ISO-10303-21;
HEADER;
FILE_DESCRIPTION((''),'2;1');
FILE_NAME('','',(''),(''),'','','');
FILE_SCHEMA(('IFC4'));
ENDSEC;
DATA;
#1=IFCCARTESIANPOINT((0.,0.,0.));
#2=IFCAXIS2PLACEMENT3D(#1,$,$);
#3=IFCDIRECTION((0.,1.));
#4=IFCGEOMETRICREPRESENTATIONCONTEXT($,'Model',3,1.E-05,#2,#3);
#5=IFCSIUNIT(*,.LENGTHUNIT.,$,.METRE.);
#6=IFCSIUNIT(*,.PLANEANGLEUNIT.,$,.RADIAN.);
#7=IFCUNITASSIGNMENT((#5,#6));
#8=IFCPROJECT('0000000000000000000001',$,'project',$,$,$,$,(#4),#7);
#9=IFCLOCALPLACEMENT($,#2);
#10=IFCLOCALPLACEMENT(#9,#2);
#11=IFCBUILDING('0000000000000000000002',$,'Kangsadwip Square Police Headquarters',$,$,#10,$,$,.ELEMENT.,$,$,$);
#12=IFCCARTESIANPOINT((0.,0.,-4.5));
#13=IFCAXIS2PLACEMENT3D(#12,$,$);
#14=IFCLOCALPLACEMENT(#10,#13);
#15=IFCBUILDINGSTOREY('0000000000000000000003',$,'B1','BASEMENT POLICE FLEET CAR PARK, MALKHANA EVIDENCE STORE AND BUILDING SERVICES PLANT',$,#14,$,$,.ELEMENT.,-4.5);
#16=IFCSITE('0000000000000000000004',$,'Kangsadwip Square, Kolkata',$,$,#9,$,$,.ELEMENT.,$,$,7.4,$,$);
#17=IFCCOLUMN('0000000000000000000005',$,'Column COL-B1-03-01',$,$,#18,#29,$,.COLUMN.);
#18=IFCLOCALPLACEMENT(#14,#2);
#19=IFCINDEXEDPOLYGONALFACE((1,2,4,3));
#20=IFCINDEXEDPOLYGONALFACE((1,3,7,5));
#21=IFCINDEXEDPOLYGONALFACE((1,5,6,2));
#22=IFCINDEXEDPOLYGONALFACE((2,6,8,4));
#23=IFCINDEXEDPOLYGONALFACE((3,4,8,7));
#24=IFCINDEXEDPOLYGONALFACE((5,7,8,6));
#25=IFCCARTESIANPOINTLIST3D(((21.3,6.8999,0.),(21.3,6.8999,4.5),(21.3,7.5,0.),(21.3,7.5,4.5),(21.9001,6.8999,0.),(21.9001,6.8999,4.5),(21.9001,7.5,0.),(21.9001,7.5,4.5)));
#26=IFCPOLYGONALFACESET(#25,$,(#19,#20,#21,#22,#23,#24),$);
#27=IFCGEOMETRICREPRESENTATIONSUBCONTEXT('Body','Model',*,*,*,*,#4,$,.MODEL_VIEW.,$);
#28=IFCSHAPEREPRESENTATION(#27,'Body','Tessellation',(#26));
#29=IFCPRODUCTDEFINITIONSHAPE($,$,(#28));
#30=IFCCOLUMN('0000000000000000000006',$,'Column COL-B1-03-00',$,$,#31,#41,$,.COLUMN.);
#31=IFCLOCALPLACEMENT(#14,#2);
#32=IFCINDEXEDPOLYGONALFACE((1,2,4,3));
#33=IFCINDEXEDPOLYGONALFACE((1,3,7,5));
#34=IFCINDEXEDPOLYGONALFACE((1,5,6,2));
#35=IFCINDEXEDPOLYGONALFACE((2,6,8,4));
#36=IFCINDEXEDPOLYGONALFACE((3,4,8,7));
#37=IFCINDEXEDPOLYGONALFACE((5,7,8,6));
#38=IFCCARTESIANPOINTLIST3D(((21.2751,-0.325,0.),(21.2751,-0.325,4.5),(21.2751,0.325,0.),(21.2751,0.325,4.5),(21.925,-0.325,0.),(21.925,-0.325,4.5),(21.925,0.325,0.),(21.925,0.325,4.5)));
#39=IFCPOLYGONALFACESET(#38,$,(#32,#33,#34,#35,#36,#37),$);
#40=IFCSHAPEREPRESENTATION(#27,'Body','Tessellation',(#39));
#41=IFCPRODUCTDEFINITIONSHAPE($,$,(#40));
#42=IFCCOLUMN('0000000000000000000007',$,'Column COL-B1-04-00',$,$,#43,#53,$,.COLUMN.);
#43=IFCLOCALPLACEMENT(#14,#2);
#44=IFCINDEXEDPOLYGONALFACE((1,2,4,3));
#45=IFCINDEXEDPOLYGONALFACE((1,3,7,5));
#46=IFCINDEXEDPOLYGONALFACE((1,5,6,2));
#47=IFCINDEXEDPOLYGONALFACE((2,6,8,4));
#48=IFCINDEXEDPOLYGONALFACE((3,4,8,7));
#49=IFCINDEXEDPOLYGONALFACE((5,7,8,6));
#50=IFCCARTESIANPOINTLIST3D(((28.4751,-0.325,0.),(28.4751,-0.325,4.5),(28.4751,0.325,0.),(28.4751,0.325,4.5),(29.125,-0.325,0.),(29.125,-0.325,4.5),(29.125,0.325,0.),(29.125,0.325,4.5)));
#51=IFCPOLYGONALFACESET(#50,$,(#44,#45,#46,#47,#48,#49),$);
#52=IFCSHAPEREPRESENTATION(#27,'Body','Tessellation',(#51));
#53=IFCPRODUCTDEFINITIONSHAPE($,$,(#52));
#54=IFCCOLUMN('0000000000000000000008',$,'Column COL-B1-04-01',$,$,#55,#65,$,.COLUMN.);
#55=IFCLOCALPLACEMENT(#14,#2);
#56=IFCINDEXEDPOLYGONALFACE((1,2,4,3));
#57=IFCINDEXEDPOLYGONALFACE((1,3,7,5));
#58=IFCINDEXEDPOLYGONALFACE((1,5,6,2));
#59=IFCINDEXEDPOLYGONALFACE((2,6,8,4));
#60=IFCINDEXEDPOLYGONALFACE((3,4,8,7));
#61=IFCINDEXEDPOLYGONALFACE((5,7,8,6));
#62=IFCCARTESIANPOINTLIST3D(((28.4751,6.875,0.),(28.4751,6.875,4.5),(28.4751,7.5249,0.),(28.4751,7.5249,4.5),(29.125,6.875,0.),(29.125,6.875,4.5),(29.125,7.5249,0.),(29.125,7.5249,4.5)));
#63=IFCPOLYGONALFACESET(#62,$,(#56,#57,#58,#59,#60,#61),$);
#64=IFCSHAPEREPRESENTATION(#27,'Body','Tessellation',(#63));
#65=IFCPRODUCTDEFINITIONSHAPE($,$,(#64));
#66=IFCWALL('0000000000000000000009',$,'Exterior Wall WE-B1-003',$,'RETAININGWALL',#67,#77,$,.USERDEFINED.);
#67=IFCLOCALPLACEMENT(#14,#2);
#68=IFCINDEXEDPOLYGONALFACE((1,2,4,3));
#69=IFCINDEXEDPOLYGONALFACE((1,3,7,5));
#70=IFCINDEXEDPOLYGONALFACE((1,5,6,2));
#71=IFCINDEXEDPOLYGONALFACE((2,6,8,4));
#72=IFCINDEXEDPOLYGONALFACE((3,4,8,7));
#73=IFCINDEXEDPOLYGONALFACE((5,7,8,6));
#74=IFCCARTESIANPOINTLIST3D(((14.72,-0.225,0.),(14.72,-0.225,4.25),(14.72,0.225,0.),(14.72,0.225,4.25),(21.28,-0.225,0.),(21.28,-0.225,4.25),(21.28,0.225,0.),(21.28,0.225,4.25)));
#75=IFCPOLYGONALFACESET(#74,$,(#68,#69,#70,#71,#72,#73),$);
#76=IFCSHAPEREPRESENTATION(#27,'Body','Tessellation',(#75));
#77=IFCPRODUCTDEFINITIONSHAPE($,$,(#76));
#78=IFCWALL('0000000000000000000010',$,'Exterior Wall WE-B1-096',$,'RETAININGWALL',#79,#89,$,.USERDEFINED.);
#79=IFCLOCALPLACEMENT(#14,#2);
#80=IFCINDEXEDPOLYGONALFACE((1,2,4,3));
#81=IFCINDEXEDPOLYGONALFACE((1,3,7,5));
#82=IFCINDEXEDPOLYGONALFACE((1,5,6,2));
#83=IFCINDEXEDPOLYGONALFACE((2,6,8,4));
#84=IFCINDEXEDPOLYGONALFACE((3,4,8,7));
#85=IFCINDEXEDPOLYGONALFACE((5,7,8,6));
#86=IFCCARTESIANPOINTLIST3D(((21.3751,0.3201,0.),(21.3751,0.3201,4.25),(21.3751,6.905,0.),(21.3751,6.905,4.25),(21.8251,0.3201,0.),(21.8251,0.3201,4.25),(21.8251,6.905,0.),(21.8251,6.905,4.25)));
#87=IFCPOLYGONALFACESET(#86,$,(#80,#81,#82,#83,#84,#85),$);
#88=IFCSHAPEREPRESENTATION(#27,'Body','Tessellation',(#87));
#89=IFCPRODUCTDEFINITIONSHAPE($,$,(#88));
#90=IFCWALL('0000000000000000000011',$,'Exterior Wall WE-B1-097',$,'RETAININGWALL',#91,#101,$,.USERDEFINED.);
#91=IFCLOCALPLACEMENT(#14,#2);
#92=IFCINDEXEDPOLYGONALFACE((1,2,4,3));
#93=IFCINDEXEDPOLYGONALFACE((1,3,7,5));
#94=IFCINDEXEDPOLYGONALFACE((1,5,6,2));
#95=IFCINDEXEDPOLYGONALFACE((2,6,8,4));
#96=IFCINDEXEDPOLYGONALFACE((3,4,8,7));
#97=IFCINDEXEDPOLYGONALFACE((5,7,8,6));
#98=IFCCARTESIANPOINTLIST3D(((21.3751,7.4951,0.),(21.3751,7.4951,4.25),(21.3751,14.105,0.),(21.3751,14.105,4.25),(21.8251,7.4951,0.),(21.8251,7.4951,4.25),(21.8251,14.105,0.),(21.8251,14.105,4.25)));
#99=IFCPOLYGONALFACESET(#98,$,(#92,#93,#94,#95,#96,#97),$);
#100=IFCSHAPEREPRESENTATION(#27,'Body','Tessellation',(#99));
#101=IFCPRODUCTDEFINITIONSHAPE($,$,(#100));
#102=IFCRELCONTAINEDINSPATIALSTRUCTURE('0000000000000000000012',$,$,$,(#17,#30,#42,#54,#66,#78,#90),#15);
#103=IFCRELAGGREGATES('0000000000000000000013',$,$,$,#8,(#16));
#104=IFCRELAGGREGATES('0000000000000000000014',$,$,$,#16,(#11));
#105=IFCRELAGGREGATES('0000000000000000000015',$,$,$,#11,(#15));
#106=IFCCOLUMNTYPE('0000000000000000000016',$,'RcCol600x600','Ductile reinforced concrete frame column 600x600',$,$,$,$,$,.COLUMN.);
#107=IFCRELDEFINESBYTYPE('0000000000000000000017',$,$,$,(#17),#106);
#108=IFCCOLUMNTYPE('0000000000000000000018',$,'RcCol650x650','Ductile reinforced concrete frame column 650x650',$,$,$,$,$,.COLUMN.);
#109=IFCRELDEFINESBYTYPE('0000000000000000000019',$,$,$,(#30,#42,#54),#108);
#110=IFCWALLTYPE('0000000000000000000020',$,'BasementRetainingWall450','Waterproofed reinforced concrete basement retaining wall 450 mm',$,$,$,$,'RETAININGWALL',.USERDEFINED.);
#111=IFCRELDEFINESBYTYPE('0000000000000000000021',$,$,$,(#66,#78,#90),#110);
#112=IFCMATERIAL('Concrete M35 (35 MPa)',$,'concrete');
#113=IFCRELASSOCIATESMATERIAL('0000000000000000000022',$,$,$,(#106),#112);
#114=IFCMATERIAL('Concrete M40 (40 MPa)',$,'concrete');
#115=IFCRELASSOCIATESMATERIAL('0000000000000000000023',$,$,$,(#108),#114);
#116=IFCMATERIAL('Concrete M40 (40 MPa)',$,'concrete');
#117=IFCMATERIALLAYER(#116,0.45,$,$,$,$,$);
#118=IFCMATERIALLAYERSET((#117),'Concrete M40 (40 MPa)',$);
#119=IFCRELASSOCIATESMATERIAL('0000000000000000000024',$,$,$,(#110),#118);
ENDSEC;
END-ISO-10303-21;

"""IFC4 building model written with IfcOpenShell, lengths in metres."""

from ifc_helpers import new_model, si_unit, direction, frame, frame_2d, origin, origin_2d, place, context, subcontext, project, spatial, rectangle, extrude, material, layer, layer_set, material_profile, profile_set, type_object, element, save


model = new_model("IFC4")

# Units and contexts
model_context = context("Model", 3, precision=1e-05, world=origin(), true_north=direction((0.0, 1.0)))
body_context = subcontext(model_context, "Body", "Model", "MODEL_VIEW")
ifc_project = project(units=[si_unit("LENGTHUNIT", "METRE"), si_unit("PLANEANGLEUNIT", "RADIAN")], contexts=[model_context])

# Site, building, storey
site_placement = place(None, origin())
site = spatial("IfcSite", under=ifc_project, at=site_placement, Name="Kangsadwip Square, Kolkata", CompositionType="ELEMENT", RefElevation=7.4)
building_placement = place(site_placement, origin())
building = spatial("IfcBuilding", under=site, at=building_placement, Name="Kangsadwip Square Police Headquarters", CompositionType="ELEMENT")
storey_placement = place(building_placement, frame((0.0, 0.0, -4.5)))
storey = spatial("IfcBuildingStorey", under=building, at=storey_placement, Name="B1", Description="BASEMENT POLICE FLEET CAR PARK, MALKHANA EVIDENCE STORE AND BUILDING SERVICES PLANT", CompositionType="ELEMENT", Elevation=-4.5)

# Columns
ifc_material_1 = material(Name="Concrete M35 (35 MPa)", Category="concrete")
ifc_material_profile_1 = material_profile(ifc_material_1, rectangle(XDim=0.6001, YDim=0.6001, at=origin_2d()), Name="RC COL 600X600")
ifc_profile_set_1 = profile_set([ifc_material_profile_1], Name="Concrete M35 (35 MPa)")
column_type_1 = type_object("IfcColumnType", Name="RcCol600x600", Description="Ductile reinforced concrete frame column 600x600", PredefinedType="COLUMN", material=ifc_profile_set_1)
column_placement = place(storey_placement, frame((21.6001, 7.2, 0.0), z_axis=(0.0, 0.0, 1.0), x_axis=(1.0, 0.0, 0.0)))
element("IfcColumn", 1, at=column_placement, inside=storey, type_object=column_type_1, Name="Column COL-B1-03-01", PredefinedType="COLUMN", context=body_context, shape_type="SweptSolid", body=[
    extrude(rectangle(XDim=0.6001, YDim=0.6001, at=origin_2d()), origin(), (0.0, 0.0, 1.0), 4.5),
])
ifc_material_2 = material(Name="Concrete M40 (40 MPa)", Category="concrete")
ifc_material_profile_2 = material_profile(ifc_material_2, rectangle(XDim=0.6499, YDim=0.6499, at=origin_2d()), Name="RC COL 650X650")
ifc_profile_set_2 = profile_set([ifc_material_profile_2], Name="Concrete M40 (40 MPa)")
column_type_2 = type_object("IfcColumnType", Name="RcCol650x650", Description="Ductile reinforced concrete frame column 650x650", PredefinedType="COLUMN", material=ifc_profile_set_2)
for number, where, z_axis, x_axis, name in (
    (2, (21.6001, 0.0, 0.0), (0.0, 0.0, 1.0), (1.0, 0.0, 0.0), "Column COL-B1-03-00"),
    (3, (28.8, 0.0, 0.0), (0.0, 0.0, 1.0), (1.0, 0.0, 0.0), "Column COL-B1-04-00"),
    (4, (28.8, 7.2, 0.0), (0.0, 0.0, 1.0), (1.0, 0.0, 0.0), "Column COL-B1-04-01"),
):
    element("IfcColumn", number, at=place(storey_placement, frame(where, z_axis=z_axis, x_axis=x_axis)), inside=storey, type_object=column_type_2, Name=name, PredefinedType="COLUMN", context=body_context, shape_type="SweptSolid", body=[
        extrude(rectangle(XDim=0.6499, YDim=0.6499, at=origin_2d()), origin(), (0.0, 0.0, 1.0), 4.5),
    ])

# Walls
ifc_material_3 = material(Name="Concrete M40 (40 MPa)", Category="concrete")
ifc_layer = layer(ifc_material_3, 0.45)
ifc_layer_set = layer_set([ifc_layer], Name="Concrete M40 (40 MPa)")
wall_type = type_object("IfcWallType", Name="BasementRetainingWall450", Description="Waterproofed reinforced concrete basement retaining wall 450 mm", ElementType="RETAININGWALL", PredefinedType="USERDEFINED", material=ifc_layer_set)
wall_1_placement = place(storey_placement, frame((14.72, 0.0, 0.0), z_axis=(0.0, 0.0, 1.0), x_axis=(1.0, 0.0, 0.0)))
element("IfcWall", 5, at=wall_1_placement, inside=storey, type_object=wall_type, Name="Exterior Wall WE-B1-003", ObjectType="RETAININGWALL", PredefinedType="USERDEFINED", context=body_context, shape_type="SweptSolid", body=[
    extrude(rectangle(XDim=6.5601, YDim=0.45, at=frame_2d((3.28, 0.0))), origin(), (0.0, 0.0, 1.0), 4.25),
])
wall_2_placement = place(storey_placement, frame((21.6001, 0.3201, 0.0), z_axis=(0.0, 0.0, 1.0), x_axis=(0.0, 1.0, 0.0)))
element("IfcWall", 6, at=wall_2_placement, inside=storey, type_object=wall_type, Name="Exterior Wall WE-B1-096", ObjectType="RETAININGWALL", PredefinedType="USERDEFINED", context=body_context, shape_type="SweptSolid", body=[
    extrude(rectangle(XDim=6.585, YDim=0.45, at=frame_2d((3.2925, 0.0))), origin(), (0.0, 0.0, 1.0), 4.25),
])
wall_3_placement = place(storey_placement, frame((21.6001, 7.4951, 0.0), z_axis=(0.0, 0.0, 1.0), x_axis=(0.0, 1.0, 0.0)))
element("IfcWall", 7, at=wall_3_placement, inside=storey, type_object=wall_type, Name="Exterior Wall WE-B1-097", ObjectType="RETAININGWALL", PredefinedType="USERDEFINED", context=body_context, shape_type="SweptSolid", body=[
    extrude(rectangle(XDim=6.6099, YDim=0.45, at=frame_2d((3.3049, 0.0))), origin(), (0.0, 0.0, 1.0), 4.25),
])

save(model, "model.ifc")
